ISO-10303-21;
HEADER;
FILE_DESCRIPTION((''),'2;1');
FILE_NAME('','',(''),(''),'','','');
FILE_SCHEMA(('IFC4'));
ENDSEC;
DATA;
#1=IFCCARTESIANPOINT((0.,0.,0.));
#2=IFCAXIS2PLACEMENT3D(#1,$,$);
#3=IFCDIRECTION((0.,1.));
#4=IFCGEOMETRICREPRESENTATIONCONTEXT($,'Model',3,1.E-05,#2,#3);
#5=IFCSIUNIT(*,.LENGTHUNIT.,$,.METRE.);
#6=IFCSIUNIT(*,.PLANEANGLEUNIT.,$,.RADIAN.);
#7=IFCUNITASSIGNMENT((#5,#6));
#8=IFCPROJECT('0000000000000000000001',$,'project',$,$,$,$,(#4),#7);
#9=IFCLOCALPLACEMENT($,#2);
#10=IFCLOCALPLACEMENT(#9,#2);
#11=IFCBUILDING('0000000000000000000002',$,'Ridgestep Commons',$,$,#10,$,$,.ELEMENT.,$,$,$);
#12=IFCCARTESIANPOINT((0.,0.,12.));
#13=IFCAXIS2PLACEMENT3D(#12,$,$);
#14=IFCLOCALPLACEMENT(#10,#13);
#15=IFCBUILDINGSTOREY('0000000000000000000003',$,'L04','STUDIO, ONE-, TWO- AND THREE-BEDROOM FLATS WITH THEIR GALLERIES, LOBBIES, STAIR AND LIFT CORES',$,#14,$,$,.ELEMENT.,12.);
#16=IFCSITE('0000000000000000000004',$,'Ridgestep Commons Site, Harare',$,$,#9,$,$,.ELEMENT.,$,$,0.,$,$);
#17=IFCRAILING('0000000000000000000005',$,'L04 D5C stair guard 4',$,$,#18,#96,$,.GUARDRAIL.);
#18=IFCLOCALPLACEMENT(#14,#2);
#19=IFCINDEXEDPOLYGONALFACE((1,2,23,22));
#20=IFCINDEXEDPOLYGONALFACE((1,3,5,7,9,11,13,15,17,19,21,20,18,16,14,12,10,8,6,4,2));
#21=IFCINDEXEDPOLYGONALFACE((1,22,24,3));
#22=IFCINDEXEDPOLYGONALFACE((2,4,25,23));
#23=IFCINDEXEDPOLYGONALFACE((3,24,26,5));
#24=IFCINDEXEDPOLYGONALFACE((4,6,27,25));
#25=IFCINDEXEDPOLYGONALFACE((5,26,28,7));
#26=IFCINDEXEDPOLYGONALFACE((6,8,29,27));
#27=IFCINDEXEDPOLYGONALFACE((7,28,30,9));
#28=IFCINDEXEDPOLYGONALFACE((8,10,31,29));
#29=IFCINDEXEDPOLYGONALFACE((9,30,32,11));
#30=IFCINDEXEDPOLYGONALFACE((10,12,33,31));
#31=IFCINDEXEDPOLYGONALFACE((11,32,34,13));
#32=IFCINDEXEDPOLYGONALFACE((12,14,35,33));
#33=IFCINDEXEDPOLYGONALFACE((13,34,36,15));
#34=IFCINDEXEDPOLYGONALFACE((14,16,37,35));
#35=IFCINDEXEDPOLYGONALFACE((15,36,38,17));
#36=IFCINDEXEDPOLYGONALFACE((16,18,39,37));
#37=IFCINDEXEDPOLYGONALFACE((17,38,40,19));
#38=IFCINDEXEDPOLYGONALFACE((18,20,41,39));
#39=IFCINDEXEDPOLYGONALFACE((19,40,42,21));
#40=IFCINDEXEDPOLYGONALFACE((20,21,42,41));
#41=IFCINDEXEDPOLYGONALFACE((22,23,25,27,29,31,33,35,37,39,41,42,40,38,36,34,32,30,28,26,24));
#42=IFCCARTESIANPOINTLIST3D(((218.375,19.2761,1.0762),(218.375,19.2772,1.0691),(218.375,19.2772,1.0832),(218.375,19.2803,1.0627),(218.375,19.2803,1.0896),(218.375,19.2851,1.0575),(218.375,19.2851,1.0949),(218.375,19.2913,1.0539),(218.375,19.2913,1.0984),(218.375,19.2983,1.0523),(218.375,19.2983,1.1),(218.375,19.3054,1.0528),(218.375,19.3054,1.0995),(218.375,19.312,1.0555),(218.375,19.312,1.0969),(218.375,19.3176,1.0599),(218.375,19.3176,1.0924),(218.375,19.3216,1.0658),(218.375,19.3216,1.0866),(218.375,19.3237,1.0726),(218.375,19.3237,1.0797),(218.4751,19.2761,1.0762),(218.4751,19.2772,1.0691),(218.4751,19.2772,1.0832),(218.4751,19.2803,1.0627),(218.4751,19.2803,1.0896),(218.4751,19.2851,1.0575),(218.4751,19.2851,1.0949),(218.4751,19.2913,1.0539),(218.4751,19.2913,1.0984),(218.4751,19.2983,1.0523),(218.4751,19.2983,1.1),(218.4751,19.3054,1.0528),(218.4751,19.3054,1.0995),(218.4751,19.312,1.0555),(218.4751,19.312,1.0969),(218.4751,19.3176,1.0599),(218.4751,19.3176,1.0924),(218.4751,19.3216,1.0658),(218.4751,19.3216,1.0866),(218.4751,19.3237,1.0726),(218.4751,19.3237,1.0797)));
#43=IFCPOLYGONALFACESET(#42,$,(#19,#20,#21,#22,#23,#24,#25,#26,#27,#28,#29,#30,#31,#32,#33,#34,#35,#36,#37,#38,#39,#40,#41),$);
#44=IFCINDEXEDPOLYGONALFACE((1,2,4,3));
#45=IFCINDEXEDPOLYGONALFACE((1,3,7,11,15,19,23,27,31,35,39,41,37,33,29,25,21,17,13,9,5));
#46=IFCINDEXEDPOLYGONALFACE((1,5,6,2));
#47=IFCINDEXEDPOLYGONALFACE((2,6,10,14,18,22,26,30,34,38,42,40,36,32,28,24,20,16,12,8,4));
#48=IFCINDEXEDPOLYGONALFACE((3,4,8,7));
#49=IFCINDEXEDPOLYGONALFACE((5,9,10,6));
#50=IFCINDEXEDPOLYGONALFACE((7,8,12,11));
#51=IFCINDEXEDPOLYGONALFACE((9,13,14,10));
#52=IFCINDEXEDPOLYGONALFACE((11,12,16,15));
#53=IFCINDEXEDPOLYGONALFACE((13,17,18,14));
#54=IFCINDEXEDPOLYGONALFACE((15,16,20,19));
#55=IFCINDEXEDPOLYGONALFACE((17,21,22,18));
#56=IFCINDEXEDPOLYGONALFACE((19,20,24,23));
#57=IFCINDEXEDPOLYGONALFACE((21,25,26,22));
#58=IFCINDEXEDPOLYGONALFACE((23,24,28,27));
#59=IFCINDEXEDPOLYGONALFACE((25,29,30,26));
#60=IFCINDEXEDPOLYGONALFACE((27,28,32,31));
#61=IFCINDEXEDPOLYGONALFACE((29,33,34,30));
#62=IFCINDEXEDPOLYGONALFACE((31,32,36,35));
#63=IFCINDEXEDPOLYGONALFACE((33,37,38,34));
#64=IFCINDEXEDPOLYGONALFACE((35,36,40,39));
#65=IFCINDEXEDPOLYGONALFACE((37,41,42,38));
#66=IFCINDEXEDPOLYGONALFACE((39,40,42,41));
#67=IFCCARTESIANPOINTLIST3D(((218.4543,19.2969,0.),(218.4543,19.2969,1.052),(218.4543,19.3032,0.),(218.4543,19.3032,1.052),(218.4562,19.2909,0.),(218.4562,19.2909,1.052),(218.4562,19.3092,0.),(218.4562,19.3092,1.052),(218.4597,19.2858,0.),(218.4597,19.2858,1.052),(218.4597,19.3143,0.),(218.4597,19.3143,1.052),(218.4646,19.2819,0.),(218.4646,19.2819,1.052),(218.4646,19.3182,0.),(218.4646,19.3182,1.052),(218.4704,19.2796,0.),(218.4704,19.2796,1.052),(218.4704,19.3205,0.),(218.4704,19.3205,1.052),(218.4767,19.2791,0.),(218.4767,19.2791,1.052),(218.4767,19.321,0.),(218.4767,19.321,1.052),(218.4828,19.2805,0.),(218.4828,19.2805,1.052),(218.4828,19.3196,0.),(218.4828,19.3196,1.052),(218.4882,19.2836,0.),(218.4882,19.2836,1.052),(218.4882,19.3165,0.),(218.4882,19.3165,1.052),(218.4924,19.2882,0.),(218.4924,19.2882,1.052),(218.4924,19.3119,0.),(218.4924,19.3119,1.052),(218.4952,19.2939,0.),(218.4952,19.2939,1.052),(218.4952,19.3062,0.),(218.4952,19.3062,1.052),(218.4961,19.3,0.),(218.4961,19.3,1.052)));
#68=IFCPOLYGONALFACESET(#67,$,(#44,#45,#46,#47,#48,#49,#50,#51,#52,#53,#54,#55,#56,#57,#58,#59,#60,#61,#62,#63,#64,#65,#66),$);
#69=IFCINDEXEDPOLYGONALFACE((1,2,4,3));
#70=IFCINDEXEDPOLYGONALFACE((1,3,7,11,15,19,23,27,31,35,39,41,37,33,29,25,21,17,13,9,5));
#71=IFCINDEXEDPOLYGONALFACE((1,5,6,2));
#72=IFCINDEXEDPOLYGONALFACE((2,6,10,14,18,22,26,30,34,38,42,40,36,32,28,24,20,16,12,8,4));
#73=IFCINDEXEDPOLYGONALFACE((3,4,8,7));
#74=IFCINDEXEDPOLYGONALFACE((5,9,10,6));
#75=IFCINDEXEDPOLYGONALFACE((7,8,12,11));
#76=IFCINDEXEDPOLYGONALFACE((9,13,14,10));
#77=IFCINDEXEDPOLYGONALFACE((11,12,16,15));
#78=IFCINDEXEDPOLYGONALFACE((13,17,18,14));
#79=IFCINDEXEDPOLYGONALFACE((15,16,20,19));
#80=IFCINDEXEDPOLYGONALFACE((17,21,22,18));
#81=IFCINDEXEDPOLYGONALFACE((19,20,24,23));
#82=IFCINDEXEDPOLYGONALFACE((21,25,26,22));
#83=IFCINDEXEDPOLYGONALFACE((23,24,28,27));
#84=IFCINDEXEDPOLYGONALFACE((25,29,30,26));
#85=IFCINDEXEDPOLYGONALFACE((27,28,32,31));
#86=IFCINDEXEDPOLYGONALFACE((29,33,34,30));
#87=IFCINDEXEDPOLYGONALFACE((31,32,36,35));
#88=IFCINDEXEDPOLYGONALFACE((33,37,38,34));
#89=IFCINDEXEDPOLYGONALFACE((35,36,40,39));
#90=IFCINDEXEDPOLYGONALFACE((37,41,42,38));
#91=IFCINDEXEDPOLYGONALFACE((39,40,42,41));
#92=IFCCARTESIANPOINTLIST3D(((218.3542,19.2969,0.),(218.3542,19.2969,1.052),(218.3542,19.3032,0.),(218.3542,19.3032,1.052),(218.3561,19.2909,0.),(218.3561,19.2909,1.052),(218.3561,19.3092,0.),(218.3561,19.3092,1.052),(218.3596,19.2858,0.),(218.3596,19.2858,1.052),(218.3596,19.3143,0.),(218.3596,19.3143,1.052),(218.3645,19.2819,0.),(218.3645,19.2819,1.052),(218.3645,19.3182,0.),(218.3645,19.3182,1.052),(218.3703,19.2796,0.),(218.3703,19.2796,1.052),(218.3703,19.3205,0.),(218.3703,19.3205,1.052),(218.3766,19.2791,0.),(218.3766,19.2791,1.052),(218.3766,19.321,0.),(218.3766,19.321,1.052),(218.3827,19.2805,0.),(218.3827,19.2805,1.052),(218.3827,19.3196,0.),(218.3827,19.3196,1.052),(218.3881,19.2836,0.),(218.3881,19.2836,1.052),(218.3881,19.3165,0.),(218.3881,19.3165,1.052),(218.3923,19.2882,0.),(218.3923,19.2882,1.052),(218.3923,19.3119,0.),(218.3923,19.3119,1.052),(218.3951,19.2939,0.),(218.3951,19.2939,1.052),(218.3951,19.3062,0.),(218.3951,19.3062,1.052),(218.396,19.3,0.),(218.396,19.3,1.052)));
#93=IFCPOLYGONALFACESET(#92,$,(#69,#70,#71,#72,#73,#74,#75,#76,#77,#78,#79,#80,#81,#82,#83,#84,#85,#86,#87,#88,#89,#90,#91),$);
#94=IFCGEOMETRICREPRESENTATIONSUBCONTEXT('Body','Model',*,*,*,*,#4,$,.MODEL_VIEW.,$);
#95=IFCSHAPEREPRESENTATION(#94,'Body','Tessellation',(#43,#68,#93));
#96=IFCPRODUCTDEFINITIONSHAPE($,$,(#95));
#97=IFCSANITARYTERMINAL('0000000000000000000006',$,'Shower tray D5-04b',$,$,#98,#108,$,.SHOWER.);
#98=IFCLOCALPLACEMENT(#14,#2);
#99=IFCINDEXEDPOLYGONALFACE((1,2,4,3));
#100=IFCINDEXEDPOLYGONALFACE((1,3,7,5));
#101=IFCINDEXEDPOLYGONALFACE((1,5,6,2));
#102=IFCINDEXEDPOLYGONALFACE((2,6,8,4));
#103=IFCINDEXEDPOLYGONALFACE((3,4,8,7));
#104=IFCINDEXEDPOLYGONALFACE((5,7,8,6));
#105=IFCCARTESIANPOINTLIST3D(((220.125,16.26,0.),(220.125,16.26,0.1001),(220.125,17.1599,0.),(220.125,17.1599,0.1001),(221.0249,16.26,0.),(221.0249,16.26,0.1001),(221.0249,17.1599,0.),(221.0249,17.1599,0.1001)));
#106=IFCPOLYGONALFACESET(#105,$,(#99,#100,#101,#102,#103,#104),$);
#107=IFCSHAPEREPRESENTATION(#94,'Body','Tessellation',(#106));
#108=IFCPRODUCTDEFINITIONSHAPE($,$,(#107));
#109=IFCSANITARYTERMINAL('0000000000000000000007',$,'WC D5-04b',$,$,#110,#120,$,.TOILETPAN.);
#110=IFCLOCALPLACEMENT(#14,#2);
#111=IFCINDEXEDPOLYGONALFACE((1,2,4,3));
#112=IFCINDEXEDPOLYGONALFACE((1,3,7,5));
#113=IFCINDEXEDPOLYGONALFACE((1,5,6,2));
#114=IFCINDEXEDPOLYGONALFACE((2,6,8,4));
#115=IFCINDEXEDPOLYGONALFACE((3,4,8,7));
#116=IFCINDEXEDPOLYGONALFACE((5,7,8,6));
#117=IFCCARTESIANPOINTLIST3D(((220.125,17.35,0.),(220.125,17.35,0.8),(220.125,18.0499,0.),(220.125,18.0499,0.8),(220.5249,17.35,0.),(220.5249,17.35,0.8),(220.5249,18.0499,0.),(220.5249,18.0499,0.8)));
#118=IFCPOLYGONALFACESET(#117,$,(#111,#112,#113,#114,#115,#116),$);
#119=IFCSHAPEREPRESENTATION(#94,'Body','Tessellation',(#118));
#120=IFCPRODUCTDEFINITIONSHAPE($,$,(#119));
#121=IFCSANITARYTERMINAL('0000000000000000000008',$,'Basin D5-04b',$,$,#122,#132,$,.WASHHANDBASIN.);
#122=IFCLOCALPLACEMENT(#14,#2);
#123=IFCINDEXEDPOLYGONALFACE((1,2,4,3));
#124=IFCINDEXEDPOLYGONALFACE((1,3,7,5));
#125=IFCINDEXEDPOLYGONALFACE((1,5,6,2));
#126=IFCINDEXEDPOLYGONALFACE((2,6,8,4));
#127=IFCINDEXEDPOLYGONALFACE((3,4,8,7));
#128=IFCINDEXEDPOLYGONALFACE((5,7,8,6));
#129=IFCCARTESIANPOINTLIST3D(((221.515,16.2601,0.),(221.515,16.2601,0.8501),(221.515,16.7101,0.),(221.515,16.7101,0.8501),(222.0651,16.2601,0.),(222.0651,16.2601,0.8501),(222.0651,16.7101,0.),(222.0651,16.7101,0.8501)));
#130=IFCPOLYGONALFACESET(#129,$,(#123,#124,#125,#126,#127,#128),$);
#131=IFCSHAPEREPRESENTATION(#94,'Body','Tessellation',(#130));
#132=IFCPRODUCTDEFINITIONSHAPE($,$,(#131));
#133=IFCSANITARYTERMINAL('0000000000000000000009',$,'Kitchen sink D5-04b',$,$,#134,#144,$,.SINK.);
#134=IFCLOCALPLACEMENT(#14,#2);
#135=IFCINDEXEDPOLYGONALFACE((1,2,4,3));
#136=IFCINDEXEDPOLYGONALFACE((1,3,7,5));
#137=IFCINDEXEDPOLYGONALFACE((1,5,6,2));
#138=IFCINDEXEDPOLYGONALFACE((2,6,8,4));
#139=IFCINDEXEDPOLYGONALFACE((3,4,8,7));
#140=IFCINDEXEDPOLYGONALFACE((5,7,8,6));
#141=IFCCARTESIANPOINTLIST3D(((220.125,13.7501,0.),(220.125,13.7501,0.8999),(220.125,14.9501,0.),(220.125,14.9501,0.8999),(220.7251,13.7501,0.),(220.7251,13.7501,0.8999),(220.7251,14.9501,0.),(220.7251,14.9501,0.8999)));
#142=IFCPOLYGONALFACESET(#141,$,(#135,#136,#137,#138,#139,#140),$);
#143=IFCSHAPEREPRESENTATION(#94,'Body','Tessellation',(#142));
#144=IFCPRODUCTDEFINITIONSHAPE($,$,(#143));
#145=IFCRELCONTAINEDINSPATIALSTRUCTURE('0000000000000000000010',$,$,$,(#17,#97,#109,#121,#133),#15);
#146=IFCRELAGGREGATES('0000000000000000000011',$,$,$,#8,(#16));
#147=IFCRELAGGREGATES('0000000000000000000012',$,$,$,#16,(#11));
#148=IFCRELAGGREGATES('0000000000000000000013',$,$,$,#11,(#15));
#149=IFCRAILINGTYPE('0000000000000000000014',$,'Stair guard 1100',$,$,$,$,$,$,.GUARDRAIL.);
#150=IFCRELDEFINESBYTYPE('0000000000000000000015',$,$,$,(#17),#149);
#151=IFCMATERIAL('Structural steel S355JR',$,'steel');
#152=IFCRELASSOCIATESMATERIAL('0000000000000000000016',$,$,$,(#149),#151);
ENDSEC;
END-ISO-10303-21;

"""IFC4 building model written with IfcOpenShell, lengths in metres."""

from ifc_helpers import new_model, si_unit, direction, frame, origin, origin_2d, place, context, subcontext, project, spatial, rectangle, circle, extrude, material, type_object, element, save


model = new_model("IFC4")

# Units and contexts
model_context = context("Model", 3, precision=1e-05, world=origin(), true_north=direction((0.0, 1.0)))
body_context = subcontext(model_context, "Body", "Model", "MODEL_VIEW")
ifc_project = project(units=[si_unit("LENGTHUNIT", "METRE"), si_unit("PLANEANGLEUNIT", "RADIAN")], contexts=[model_context])

# Site, building, storey
site_placement = place(None, origin())
site = spatial("IfcSite", under=ifc_project, at=site_placement, Name="Ridgestep Commons Site, Harare", CompositionType="ELEMENT", RefElevation=0.0)
building_placement = place(site_placement, origin())
building = spatial("IfcBuilding", under=site, at=building_placement, Name="Ridgestep Commons", CompositionType="ELEMENT")
storey_placement = place(building_placement, frame((0.0, 0.0, 12.0)))
storey = spatial("IfcBuildingStorey", under=building, at=storey_placement, Name="L04", Description="STUDIO, ONE-, TWO- AND THREE-BEDROOM FLATS WITH THEIR GALLERIES, LOBBIES, STAIR AND LIFT CORES", CompositionType="ELEMENT", Elevation=12.0)

# Railing
ifc_material_1 = material(Name="Structural steel S355JR", Category="steel")
railing_type_1 = type_object("IfcRailingType", Name="Stair guard 1100", PredefinedType="GUARDRAIL", material=ifc_material_1)
railing_1_placement = place(storey_placement, frame((218.4751, 19.3, 0.0)))
element("IfcRailing", 1, at=railing_1_placement, inside=storey, type_object=railing_type_1, Name="L04 D5C stair guard 4", PredefinedType="GUARDRAIL", context=body_context, shape_type="SweptSolid", body=[
    extrude(circle(Radius=0.0239, at=origin_2d()), frame((0.0, 0.0, 1.0762), z_axis=(-1.0, 0.0, 0.0), x_axis=(0.0, -1.0, 0.0)), (0.0, 0.0, 1.0), 0.1001),
    extrude(circle(Radius=0.021, at=origin_2d()), origin(), (0.0, 0.0, 1.0), 1.052),
    extrude(circle(Radius=0.021, at=origin_2d()), frame((-0.1001, 0.0, 0.0)), (0.0, 0.0, 1.0), 1.052),
])

# Sanitary terminals
sanitary_terminal_1_placement = place(storey_placement, frame((220.575, 16.71, 0.0), z_axis=(0.0, 0.0, 1.0), x_axis=(1.0, 0.0, 0.0)))
element("IfcSanitaryTerminal", 2, at=sanitary_terminal_1_placement, inside=storey, Name="Shower tray D5-04b", PredefinedType="SHOWER", context=body_context, shape_type="SweptSolid", body=[
    extrude(rectangle(XDim=0.8999, YDim=0.8999, at=origin_2d()), origin(), (0.0, 0.0, 1.0), 0.1001),
])
sanitary_terminal_2_placement = place(storey_placement, frame((220.325, 17.7, 0.0), z_axis=(0.0, 0.0, 1.0), x_axis=(1.0, 0.0, 0.0)))
element("IfcSanitaryTerminal", 3, at=sanitary_terminal_2_placement, inside=storey, Name="WC D5-04b", PredefinedType="TOILETPAN", context=body_context, shape_type="SweptSolid", body=[
    extrude(rectangle(XDim=0.3999, YDim=0.7, at=origin_2d()), origin(), (0.0, 0.0, 1.0), 0.8),
])
sanitary_terminal_3_placement = place(storey_placement, frame((221.79, 16.4851, 0.0), z_axis=(0.0, 0.0, 1.0), x_axis=(1.0, 0.0, 0.0)))
element("IfcSanitaryTerminal", 4, at=sanitary_terminal_3_placement, inside=storey, Name="Basin D5-04b", PredefinedType="WASHHANDBASIN", context=body_context, shape_type="SweptSolid", body=[
    extrude(rectangle(XDim=0.55, YDim=0.45, at=origin_2d()), origin(), (0.0, 0.0, 1.0), 0.8501),
])
sanitary_terminal_4_placement = place(storey_placement, frame((220.425, 14.3501, 0.0), z_axis=(0.0, 0.0, 1.0), x_axis=(1.0, 0.0, 0.0)))
element("IfcSanitaryTerminal", 5, at=sanitary_terminal_4_placement, inside=storey, Name="Kitchen sink D5-04b", PredefinedType="SINK", context=body_context, shape_type="SweptSolid", body=[
    extrude(rectangle(XDim=0.6001, YDim=1.2, at=origin_2d()), origin(), (0.0, 0.0, 1.0), 0.8999),
])

save(model, "model.ifc")
